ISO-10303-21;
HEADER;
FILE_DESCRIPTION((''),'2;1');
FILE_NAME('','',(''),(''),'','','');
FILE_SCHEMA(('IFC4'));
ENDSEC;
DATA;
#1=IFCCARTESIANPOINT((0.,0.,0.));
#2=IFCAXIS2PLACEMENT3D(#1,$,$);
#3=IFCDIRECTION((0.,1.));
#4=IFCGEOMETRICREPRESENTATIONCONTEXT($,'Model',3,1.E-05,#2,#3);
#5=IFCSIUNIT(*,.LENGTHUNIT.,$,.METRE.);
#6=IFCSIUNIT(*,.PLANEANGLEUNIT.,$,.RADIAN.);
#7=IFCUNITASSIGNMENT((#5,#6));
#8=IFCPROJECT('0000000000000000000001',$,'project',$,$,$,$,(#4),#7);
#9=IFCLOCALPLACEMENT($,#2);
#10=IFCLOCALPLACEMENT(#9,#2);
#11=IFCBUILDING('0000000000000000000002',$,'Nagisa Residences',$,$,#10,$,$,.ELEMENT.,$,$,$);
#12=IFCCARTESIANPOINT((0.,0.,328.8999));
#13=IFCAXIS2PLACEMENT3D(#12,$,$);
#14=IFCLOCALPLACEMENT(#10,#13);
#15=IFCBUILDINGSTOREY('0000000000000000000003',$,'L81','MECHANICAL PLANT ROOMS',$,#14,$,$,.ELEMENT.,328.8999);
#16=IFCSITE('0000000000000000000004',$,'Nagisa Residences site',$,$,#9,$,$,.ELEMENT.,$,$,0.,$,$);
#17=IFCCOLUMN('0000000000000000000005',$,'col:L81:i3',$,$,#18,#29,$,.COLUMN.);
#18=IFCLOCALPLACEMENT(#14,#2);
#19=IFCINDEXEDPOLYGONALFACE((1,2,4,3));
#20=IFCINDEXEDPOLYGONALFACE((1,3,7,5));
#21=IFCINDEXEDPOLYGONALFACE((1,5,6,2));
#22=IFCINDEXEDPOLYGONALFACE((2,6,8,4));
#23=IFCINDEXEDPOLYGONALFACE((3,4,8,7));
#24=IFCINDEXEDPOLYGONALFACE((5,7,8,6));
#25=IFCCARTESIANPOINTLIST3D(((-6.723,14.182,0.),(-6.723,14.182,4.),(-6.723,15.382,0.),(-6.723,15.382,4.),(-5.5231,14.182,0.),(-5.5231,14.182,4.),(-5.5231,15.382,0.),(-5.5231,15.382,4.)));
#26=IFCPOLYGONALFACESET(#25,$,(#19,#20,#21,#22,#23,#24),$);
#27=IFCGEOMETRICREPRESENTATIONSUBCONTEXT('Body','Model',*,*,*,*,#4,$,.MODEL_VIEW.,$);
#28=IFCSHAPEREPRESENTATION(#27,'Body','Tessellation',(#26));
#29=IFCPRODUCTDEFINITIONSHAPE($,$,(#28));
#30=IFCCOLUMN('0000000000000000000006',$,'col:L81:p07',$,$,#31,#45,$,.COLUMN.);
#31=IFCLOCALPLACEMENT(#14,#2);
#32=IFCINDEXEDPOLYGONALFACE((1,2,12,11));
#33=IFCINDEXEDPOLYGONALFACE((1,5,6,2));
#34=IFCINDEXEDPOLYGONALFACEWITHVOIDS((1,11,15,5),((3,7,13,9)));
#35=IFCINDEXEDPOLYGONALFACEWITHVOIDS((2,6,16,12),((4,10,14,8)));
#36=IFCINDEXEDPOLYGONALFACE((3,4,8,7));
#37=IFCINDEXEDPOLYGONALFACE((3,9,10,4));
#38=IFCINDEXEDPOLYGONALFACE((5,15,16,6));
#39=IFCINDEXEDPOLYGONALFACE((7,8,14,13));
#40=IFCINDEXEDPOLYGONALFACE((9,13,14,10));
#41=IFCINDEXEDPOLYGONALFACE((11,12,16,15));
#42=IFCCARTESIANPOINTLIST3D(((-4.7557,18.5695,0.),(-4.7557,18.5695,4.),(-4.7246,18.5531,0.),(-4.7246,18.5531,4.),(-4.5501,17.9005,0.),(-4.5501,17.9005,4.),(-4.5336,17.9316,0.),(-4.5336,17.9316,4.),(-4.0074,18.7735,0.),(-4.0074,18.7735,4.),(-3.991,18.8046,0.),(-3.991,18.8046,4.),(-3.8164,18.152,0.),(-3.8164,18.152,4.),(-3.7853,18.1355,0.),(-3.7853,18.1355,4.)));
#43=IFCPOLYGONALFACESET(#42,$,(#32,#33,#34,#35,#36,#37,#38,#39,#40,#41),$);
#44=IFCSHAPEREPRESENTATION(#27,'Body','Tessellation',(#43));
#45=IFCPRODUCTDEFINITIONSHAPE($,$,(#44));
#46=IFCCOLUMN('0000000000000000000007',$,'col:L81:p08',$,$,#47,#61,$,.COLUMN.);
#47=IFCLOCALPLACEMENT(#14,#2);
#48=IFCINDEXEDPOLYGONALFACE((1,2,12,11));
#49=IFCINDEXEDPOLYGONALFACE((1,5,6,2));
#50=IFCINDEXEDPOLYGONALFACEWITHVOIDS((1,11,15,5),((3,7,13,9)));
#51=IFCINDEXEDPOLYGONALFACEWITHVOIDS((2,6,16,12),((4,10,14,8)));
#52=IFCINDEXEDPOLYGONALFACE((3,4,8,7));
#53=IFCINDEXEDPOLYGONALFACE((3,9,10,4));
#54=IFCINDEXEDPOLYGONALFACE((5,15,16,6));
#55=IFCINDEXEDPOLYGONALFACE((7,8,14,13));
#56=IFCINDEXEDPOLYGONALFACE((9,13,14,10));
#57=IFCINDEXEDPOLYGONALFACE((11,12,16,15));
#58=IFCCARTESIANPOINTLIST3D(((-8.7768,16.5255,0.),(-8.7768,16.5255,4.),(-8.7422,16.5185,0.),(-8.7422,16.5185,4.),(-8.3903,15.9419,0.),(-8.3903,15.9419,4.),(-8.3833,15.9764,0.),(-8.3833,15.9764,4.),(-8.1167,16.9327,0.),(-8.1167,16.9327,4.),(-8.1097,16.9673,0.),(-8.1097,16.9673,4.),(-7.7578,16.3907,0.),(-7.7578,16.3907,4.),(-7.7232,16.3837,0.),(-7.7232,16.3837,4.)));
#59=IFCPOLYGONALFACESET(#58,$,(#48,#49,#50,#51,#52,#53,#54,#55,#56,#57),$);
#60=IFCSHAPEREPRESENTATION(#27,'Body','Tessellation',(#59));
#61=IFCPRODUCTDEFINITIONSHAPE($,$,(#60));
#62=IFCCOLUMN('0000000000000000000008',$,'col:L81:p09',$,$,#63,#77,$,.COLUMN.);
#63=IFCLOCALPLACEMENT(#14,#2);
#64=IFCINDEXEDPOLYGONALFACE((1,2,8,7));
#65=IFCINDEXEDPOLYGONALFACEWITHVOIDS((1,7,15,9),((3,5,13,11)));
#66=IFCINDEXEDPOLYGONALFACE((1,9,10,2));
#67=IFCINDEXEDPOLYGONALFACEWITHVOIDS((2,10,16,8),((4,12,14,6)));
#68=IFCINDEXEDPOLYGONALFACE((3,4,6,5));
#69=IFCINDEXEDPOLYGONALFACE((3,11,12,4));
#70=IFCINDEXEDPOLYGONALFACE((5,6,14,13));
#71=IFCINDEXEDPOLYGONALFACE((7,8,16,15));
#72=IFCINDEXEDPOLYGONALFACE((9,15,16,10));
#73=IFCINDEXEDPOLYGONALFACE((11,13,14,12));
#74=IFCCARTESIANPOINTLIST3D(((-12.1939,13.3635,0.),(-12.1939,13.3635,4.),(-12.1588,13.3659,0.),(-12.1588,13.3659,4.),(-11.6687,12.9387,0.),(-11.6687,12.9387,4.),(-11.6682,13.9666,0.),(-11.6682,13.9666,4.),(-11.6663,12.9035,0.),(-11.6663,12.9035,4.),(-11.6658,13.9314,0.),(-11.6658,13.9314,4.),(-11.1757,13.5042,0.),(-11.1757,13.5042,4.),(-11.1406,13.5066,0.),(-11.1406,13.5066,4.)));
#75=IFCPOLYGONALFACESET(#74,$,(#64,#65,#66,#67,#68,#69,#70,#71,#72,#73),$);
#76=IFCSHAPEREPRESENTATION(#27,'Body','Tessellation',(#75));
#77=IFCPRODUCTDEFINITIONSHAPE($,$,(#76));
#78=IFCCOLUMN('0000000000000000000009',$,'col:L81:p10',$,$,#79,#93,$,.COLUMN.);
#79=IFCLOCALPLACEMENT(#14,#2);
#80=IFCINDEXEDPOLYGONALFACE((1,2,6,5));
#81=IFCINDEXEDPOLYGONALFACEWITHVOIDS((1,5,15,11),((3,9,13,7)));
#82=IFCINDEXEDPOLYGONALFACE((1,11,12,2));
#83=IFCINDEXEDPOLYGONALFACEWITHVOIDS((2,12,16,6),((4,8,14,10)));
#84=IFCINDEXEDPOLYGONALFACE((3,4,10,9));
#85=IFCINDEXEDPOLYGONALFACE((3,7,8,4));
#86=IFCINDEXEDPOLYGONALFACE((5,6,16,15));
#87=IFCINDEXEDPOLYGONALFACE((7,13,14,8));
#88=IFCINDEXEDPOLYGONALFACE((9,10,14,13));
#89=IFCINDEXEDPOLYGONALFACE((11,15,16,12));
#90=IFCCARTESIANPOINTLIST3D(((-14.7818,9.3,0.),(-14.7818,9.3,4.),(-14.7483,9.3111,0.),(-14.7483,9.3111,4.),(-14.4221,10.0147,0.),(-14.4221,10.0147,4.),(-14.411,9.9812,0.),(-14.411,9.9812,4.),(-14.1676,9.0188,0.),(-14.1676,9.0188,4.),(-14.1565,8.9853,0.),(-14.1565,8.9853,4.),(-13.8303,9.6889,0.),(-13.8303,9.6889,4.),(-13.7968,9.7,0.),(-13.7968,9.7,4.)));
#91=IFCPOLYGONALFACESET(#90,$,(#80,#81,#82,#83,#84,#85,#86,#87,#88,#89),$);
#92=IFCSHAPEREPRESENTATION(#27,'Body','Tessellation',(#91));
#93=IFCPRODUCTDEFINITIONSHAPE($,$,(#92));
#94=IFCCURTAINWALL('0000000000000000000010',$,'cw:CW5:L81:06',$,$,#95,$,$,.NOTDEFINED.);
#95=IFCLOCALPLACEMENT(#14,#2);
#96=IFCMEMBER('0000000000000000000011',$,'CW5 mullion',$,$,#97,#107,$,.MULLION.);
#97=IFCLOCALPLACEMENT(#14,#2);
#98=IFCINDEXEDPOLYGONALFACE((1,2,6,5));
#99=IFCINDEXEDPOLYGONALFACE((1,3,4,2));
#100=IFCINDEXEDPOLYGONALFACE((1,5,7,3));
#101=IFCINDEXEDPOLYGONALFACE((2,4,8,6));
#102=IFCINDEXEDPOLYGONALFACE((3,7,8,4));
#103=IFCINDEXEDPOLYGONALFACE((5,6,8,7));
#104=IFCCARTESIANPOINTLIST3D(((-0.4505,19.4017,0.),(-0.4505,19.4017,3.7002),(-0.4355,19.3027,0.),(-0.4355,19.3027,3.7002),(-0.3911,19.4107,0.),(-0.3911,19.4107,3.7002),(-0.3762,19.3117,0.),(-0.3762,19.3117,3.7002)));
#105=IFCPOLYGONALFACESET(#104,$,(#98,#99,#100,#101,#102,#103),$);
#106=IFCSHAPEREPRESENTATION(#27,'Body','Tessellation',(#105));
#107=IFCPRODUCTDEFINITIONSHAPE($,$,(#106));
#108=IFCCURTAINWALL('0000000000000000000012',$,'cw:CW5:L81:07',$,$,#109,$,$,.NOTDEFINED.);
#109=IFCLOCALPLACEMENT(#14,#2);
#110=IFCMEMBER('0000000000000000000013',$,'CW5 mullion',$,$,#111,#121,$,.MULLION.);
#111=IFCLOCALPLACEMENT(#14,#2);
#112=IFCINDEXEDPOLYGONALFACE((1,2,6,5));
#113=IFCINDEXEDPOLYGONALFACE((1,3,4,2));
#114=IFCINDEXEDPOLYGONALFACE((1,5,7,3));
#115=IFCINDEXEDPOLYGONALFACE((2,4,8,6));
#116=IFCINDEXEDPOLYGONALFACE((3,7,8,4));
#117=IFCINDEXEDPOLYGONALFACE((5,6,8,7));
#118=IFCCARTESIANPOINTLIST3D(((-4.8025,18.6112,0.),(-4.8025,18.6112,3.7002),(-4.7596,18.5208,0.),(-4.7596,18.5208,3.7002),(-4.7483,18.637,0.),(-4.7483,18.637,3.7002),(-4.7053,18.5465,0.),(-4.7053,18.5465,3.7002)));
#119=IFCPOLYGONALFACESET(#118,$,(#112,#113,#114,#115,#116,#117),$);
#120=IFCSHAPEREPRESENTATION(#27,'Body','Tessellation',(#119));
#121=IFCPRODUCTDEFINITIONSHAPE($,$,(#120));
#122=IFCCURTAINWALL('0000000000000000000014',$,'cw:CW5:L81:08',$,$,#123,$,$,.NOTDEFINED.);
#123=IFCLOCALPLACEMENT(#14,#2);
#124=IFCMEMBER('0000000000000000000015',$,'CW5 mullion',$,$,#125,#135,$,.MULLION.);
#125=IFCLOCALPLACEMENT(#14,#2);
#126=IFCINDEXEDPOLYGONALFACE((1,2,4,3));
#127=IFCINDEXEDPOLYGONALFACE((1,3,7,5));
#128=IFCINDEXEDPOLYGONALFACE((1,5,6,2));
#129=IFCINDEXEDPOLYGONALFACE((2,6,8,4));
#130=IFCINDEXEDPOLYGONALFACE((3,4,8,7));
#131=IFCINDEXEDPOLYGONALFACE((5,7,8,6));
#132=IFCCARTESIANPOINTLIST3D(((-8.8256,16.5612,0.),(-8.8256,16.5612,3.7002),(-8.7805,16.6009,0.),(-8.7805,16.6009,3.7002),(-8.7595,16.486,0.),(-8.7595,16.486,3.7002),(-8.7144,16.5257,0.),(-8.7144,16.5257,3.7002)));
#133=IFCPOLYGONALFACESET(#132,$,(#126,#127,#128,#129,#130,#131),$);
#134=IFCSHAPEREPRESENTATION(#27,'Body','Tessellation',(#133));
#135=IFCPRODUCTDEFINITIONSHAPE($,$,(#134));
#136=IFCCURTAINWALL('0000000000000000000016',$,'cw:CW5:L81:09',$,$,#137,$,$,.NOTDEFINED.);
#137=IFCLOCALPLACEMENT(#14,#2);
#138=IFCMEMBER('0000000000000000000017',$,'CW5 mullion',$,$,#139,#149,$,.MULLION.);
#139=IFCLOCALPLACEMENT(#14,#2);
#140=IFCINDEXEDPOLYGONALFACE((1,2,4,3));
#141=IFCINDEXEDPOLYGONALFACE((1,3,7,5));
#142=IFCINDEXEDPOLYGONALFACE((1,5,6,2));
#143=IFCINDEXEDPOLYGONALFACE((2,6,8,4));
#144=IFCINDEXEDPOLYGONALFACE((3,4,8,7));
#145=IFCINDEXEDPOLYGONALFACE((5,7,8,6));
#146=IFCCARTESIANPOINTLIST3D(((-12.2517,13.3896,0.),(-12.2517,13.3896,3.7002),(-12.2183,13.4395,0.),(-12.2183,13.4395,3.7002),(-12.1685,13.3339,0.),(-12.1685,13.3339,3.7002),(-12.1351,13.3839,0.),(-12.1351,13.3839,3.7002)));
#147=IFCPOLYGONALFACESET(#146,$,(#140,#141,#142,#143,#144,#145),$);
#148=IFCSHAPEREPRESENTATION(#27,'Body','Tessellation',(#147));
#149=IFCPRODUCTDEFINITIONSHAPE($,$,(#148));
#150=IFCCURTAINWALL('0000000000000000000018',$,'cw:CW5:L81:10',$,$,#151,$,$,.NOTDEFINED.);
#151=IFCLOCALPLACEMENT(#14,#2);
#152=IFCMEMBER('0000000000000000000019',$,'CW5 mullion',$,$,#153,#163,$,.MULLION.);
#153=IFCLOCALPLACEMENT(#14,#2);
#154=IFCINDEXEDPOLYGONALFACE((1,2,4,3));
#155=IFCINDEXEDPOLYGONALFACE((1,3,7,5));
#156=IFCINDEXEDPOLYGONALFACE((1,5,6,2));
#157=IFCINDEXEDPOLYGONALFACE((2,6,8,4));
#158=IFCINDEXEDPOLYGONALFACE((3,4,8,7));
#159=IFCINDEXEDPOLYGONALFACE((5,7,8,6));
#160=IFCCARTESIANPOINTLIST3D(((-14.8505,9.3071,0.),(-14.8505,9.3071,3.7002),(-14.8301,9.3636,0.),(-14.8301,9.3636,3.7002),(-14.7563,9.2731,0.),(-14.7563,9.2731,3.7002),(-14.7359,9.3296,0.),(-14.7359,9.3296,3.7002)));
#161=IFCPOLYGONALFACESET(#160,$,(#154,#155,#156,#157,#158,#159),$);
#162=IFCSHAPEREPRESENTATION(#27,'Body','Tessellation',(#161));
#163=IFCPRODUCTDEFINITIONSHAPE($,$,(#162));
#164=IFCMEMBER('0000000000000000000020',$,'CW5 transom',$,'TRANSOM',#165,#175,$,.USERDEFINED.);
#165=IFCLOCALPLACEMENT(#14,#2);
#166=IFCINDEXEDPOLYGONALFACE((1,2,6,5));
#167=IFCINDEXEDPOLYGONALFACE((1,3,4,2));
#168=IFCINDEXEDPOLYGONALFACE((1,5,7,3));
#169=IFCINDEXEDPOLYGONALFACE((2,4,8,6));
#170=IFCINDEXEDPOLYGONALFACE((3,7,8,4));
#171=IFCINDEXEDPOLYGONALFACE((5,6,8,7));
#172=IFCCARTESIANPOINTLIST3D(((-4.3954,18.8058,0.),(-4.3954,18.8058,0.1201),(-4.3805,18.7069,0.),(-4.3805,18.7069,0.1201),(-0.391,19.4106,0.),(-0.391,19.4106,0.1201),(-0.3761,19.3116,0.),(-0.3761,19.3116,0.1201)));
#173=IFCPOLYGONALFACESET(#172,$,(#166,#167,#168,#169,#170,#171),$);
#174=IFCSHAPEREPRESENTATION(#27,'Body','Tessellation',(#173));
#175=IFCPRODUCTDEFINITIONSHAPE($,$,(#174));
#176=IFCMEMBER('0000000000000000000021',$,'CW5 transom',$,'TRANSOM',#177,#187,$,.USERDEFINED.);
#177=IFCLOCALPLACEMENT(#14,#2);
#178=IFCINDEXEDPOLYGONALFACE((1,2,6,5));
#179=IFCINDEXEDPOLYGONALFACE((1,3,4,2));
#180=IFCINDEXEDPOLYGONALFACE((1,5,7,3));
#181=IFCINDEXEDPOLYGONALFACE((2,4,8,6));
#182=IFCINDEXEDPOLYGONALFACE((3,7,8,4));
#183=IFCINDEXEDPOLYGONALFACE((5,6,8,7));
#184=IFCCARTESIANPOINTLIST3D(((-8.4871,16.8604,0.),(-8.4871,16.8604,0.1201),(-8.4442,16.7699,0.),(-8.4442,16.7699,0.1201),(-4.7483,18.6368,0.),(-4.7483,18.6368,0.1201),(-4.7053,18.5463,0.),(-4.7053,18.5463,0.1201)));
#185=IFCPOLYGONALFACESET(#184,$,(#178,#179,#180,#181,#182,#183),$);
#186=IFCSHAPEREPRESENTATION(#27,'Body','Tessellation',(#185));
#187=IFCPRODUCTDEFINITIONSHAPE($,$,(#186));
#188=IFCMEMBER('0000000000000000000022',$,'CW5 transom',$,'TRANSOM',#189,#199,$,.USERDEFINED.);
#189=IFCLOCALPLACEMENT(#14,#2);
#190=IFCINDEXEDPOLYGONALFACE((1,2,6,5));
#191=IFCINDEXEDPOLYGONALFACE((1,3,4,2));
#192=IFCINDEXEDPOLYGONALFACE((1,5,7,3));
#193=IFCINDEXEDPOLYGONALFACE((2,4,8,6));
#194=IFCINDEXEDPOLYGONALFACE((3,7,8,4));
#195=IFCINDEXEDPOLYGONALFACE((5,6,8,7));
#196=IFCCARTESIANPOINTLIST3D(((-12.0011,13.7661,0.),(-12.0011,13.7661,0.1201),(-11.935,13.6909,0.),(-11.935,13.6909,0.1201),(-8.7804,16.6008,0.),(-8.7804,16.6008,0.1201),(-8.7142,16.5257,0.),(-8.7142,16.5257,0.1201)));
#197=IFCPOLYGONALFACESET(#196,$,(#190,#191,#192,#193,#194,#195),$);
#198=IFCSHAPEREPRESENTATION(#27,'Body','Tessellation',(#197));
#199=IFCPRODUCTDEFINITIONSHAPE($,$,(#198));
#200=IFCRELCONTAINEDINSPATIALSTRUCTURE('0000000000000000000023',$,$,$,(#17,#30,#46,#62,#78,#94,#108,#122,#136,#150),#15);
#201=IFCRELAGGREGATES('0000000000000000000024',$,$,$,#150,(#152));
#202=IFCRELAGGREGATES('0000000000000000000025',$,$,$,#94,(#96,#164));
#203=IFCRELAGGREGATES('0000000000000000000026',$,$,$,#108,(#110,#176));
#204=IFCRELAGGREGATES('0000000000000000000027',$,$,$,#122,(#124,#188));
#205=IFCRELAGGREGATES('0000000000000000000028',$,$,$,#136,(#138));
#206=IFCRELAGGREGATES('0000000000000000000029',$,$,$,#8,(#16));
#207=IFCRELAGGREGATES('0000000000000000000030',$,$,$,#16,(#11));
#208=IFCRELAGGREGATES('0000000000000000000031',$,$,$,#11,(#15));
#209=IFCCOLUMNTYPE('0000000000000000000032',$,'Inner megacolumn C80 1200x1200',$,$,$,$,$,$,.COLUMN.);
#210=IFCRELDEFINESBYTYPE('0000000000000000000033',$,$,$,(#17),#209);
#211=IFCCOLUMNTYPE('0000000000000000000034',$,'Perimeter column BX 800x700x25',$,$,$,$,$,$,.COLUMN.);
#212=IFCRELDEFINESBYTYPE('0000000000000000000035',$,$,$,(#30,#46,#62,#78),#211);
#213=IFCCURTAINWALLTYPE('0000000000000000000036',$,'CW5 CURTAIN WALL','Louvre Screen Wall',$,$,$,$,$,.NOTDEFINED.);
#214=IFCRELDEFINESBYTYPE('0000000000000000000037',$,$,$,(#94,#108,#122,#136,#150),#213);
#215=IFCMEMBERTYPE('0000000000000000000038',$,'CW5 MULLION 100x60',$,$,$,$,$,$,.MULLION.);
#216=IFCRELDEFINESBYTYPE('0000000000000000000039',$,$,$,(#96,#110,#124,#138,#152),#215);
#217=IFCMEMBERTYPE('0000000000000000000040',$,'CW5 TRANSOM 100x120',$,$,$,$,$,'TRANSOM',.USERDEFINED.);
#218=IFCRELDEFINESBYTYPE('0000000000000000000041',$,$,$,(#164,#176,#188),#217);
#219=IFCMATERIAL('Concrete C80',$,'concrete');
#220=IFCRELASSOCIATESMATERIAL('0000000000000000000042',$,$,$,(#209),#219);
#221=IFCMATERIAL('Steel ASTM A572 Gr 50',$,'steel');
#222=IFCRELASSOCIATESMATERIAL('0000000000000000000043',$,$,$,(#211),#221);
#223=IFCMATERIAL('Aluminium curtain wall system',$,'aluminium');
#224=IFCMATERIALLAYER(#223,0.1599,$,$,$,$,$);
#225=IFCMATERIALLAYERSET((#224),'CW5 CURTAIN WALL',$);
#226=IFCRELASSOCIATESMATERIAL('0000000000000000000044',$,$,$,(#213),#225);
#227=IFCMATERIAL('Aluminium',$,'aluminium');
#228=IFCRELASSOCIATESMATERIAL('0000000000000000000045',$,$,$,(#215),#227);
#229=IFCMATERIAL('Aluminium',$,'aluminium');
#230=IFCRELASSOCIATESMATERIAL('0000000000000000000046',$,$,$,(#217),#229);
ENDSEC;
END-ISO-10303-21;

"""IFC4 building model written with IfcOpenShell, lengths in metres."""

from ifc_helpers import new_model, si_unit, direction, frame, origin, origin_2d, place, context, subcontext, project, spatial, rectangle, hollow_rectangle, extrude, material, layer, layer_set, material_profile, profile_set, type_object, element, aggregate, save


model = new_model("IFC4")

# Units and contexts
model_context = context("Model", 3, precision=1e-05, world=origin(), true_north=direction((0.0, 1.0)))
body_context = subcontext(model_context, "Body", "Model", "MODEL_VIEW")
ifc_project = project(units=[si_unit("LENGTHUNIT", "METRE"), si_unit("PLANEANGLEUNIT", "RADIAN")], contexts=[model_context])

# Site, building, storey
site_placement = place(None, origin())
site = spatial("IfcSite", under=ifc_project, at=site_placement, Name="Nagisa Residences site", CompositionType="ELEMENT", RefElevation=0.0)
building_placement = place(site_placement, origin())
building = spatial("IfcBuilding", under=site, at=building_placement, Name="Nagisa Residences", CompositionType="ELEMENT")
storey_placement = place(building_placement, frame((0.0, 0.0, 328.8999)))
storey = spatial("IfcBuildingStorey", under=building, at=storey_placement, Name="L81", Description="MECHANICAL PLANT ROOMS", CompositionType="ELEMENT", Elevation=328.8999)

# Columns
ifc_material_1 = material(Name="Concrete C80", Category="concrete")
ifc_material_profile_1 = material_profile(ifc_material_1, rectangle(XDim=1.2, YDim=1.2, at=origin_2d()), Name="C80 1200x1200")
ifc_profile_set_1 = profile_set([ifc_material_profile_1], Name="Concrete C80")
column_type_1 = type_object("IfcColumnType", Name="Inner megacolumn C80 1200x1200", PredefinedType="COLUMN", material=ifc_profile_set_1)
column_placement = place(storey_placement, frame((-6.123, 14.782, 0.0), z_axis=(0.0, 0.0, 1.0), x_axis=(1.0, 0.0, 0.0)))
element("IfcColumn", 1, at=column_placement, inside=storey, type_object=column_type_1, Name="col:L81:i3", PredefinedType="COLUMN", context=body_context, shape_type="SweptSolid", body=[
    extrude(rectangle(XDim=1.2, YDim=1.2, at=origin_2d()), origin(), (0.0, 0.0, 1.0), 4.0),
])
ifc_material_2 = material(Name="Steel ASTM A572 Gr 50", Category="steel")
ifc_material_profile_2 = material_profile(ifc_material_2, hollow_rectangle(XDim=0.8, YDim=0.7, WallThickness=0.0249, at=origin_2d()), Name="BX 800x700x25")
ifc_profile_set_2 = profile_set([ifc_material_profile_2], Name="Steel ASTM A572 Gr 50")
column_type_2 = type_object("IfcColumnType", Name="Perimeter column BX 800x700x25", PredefinedType="COLUMN", material=ifc_profile_set_2)
for number, where, z_axis, x_axis, name in (
    (2, (-4.2705, 18.3525, 0.0), (0.0, 0.0, 1.0), (-0.95587, -0.29379, 0.0), "col:L81:p07"),
    (3, (-8.25, 16.4546, 0.0), (0.0, 0.0, 1.0), (-0.833744, -0.552151, 0.0), "col:L81:p08"),
    (4, (-11.6672, 13.4351, 0.0), (0.0, 0.0, 1.0), (-0.657135, -0.753773, 0.0), "col:L81:p09"),
    (5, (-14.2893, 9.5, 0.0), (0.0, 0.0, 1.0), (-0.449592, -0.893234, 0.0), "col:L81:p10"),
):
    element("IfcColumn", number, at=place(storey_placement, frame(where, z_axis=z_axis, x_axis=x_axis)), inside=storey, type_object=column_type_2, Name=name, PredefinedType="COLUMN", context=body_context, shape_type="SweptSolid", body=[
        extrude(hollow_rectangle(XDim=0.8, YDim=0.7, WallThickness=0.0249, at=origin_2d()), origin(), (0.0, 0.0, 1.0), 4.0),
    ])

# Curtain walls, members
ifc_material_3 = material(Name="Aluminium curtain wall system", Category="aluminium")
ifc_layer_1 = layer(ifc_material_3, 0.1599)
ifc_layer_set_1 = layer_set([ifc_layer_1], Name="CW5 CURTAIN WALL")
curtain_wall_type = type_object("IfcCurtainWallType", Name="CW5 CURTAIN WALL", Description="Louvre Screen Wall", PredefinedType="NOTDEFINED", material=ifc_layer_set_1)
curtain_wall_1_placement = place(storey_placement, origin())
curtain_wall_1 = element("IfcCurtainWall", 6, at=curtain_wall_1_placement, inside=storey, type_object=curtain_wall_type, Name="cw:CW5:L81:06", PredefinedType="NOTDEFINED")
ifc_material_4 = material(Name="Aluminium", Category="aluminium")
ifc_material_profile_3 = material_profile(ifc_material_4, rectangle(XDim=0.1001, YDim=0.0601, at=origin_2d()), Name="CW5 MULLION 100x60")
ifc_profile_set_3 = profile_set([ifc_material_profile_3], Name="Aluminium")
member_type_1 = type_object("IfcMemberType", Name="CW5 MULLION 100x60", PredefinedType="MULLION", material=ifc_profile_set_3)
member_1_placement = place(storey_placement, frame((-0.4133, 19.3567, 0.0), z_axis=(0.0, 0.0, 1.0), x_axis=(0.14932, -0.988789, 0.0)))
member_1 = element("IfcMember", 7, at=member_1_placement, type_object=member_type_1, Name="CW5 mullion", PredefinedType="MULLION", context=body_context, shape_type="SweptSolid", body=[
    extrude(rectangle(XDim=0.1001, YDim=0.0601, at=origin_2d()), origin(), (0.0, 0.0, 1.0), 3.7002),
])
curtain_wall_2_placement = place(storey_placement, origin())
curtain_wall_2 = element("IfcCurtainWall", 8, at=curtain_wall_2_placement, inside=storey, type_object=curtain_wall_type, Name="cw:CW5:L81:07", PredefinedType="NOTDEFINED")
member_2_placement = place(storey_placement, frame((-4.7539, 18.5789, 0.0), z_axis=(0.0, 0.0, 1.0), x_axis=(0.429151, -0.903233, 0.0)))
member_2 = element("IfcMember", 9, at=member_2_placement, type_object=member_type_1, Name="CW5 mullion", PredefinedType="MULLION", context=body_context, shape_type="SweptSolid", body=[
    extrude(rectangle(XDim=0.1001, YDim=0.0601, at=origin_2d()), origin(), (0.0, 0.0, 1.0), 3.7002),
])
curtain_wall_3_placement = place(storey_placement, origin())
curtain_wall_3 = element("IfcCurtainWall", 10, at=curtain_wall_3_placement, inside=storey, type_object=curtain_wall_type, Name="cw:CW5:L81:08", PredefinedType="NOTDEFINED")
member_3_placement = place(storey_placement, frame((-8.77, 16.5435, 0.0), z_axis=(0.0, 0.0, 1.0), x_axis=(0.660699, -0.750651, 0.0)))
member_3 = element("IfcMember", 11, at=member_3_placement, type_object=member_type_1, Name="CW5 mullion", PredefinedType="MULLION", context=body_context, shape_type="SweptSolid", body=[
    extrude(rectangle(XDim=0.1001, YDim=0.0601, at=origin_2d()), origin(), (0.0, 0.0, 1.0), 3.7002),
])
curtain_wall_4_placement = place(storey_placement, origin())
curtain_wall_4 = element("IfcCurtainWall", 12, at=curtain_wall_4_placement, inside=storey, type_object=curtain_wall_type, Name="cw:CW5:L81:09", PredefinedType="NOTDEFINED")
member_4_placement = place(storey_placement, frame((-12.1934, 13.3867, 0.0), z_axis=(0.0, 0.0, 1.0), x_axis=(0.831173, -0.556014, 0.0)))
member_4 = element("IfcMember", 13, at=member_4_placement, type_object=member_type_1, Name="CW5 mullion", PredefinedType="MULLION", context=body_context, shape_type="SweptSolid", body=[
    extrude(rectangle(XDim=0.1001, YDim=0.0601, at=origin_2d()), origin(), (0.0, 0.0, 1.0), 3.7002),
])
curtain_wall_5_placement = place(storey_placement, origin())
curtain_wall_5 = element("IfcCurtainWall", 14, at=curtain_wall_5_placement, inside=storey, type_object=curtain_wall_type, Name="cw:CW5:L81:10", PredefinedType="NOTDEFINED")
member_5_placement = place(storey_placement, frame((-14.7932, 9.3184, 0.0), z_axis=(0.0, 0.0, 1.0), x_axis=(0.940554, -0.339643, 0.0)))
member_5 = element("IfcMember", 15, at=member_5_placement, type_object=member_type_1, Name="CW5 mullion", PredefinedType="MULLION", context=body_context, shape_type="SweptSolid", body=[
    extrude(rectangle(XDim=0.1001, YDim=0.0601, at=origin_2d()), origin(), (0.0, 0.0, 1.0), 3.7002),
])

# Members
ifc_material_5 = material(Name="Aluminium", Category="aluminium")
ifc_material_profile_4 = material_profile(ifc_material_5, rectangle(XDim=0.1001, YDim=0.1201, at=origin_2d()), Name="CW5 TRANSOM 100x120")
ifc_profile_set_4 = profile_set([ifc_material_profile_4], Name="Aluminium")
member_type_2 = type_object("IfcMemberType", Name="CW5 TRANSOM 100x120", ElementType="TRANSOM", PredefinedType="USERDEFINED", material=ifc_profile_set_4)
member_6_placement = place(storey_placement, frame((-0.3835, 19.3611, 0.0601), z_axis=(-0.988788, -0.149325, 0.0), x_axis=(0.149325, -0.988788, 0.0)))
member_6 = element("IfcMember", 16, at=member_6_placement, type_object=member_type_2, Name="CW5 transom", ObjectType="TRANSOM", PredefinedType="USERDEFINED", context=body_context, shape_type="SweptSolid", body=[
    extrude(rectangle(XDim=0.1001, YDim=0.1201, at=origin_2d()), origin(), (0.0, 0.0, 1.0), 4.0498),
])
member_7_placement = place(storey_placement, frame((-4.7268, 18.5916, 0.0601), z_axis=(-0.903235, -0.429146, 0.0), x_axis=(0.429146, -0.903235, 0.0)))
member_7 = element("IfcMember", 17, at=member_7_placement, type_object=member_type_2, Name="CW5 transom", ObjectType="TRANSOM", PredefinedType="USERDEFINED", context=body_context, shape_type="SweptSolid", body=[
    extrude(rectangle(XDim=0.1001, YDim=0.1201, at=origin_2d()), origin(), (0.0, 0.0, 1.0), 4.1394),
])
member_8_placement = place(storey_placement, frame((-8.7473, 16.5632, 0.0601), z_axis=(-0.750656, -0.660693, 0.0), x_axis=(0.660693, -0.750656, 0.0)))
member_8 = element("IfcMember", 18, at=member_8_placement, type_object=member_type_2, Name="CW5 transom", ObjectType="TRANSOM", PredefinedType="USERDEFINED", context=body_context, shape_type="SweptSolid", body=[
    extrude(rectangle(XDim=0.1001, YDim=0.1201, at=origin_2d()), origin(), (0.0, 0.0, 1.0), 4.2905),
])
aggregate(curtain_wall_5, [member_5])

aggregate(curtain_wall_1, [member_1, member_6])
aggregate(curtain_wall_2, [member_2, member_7])
aggregate(curtain_wall_3, [member_3, member_8])
aggregate(curtain_wall_4, [member_4])

save(model, "model.ifc")
